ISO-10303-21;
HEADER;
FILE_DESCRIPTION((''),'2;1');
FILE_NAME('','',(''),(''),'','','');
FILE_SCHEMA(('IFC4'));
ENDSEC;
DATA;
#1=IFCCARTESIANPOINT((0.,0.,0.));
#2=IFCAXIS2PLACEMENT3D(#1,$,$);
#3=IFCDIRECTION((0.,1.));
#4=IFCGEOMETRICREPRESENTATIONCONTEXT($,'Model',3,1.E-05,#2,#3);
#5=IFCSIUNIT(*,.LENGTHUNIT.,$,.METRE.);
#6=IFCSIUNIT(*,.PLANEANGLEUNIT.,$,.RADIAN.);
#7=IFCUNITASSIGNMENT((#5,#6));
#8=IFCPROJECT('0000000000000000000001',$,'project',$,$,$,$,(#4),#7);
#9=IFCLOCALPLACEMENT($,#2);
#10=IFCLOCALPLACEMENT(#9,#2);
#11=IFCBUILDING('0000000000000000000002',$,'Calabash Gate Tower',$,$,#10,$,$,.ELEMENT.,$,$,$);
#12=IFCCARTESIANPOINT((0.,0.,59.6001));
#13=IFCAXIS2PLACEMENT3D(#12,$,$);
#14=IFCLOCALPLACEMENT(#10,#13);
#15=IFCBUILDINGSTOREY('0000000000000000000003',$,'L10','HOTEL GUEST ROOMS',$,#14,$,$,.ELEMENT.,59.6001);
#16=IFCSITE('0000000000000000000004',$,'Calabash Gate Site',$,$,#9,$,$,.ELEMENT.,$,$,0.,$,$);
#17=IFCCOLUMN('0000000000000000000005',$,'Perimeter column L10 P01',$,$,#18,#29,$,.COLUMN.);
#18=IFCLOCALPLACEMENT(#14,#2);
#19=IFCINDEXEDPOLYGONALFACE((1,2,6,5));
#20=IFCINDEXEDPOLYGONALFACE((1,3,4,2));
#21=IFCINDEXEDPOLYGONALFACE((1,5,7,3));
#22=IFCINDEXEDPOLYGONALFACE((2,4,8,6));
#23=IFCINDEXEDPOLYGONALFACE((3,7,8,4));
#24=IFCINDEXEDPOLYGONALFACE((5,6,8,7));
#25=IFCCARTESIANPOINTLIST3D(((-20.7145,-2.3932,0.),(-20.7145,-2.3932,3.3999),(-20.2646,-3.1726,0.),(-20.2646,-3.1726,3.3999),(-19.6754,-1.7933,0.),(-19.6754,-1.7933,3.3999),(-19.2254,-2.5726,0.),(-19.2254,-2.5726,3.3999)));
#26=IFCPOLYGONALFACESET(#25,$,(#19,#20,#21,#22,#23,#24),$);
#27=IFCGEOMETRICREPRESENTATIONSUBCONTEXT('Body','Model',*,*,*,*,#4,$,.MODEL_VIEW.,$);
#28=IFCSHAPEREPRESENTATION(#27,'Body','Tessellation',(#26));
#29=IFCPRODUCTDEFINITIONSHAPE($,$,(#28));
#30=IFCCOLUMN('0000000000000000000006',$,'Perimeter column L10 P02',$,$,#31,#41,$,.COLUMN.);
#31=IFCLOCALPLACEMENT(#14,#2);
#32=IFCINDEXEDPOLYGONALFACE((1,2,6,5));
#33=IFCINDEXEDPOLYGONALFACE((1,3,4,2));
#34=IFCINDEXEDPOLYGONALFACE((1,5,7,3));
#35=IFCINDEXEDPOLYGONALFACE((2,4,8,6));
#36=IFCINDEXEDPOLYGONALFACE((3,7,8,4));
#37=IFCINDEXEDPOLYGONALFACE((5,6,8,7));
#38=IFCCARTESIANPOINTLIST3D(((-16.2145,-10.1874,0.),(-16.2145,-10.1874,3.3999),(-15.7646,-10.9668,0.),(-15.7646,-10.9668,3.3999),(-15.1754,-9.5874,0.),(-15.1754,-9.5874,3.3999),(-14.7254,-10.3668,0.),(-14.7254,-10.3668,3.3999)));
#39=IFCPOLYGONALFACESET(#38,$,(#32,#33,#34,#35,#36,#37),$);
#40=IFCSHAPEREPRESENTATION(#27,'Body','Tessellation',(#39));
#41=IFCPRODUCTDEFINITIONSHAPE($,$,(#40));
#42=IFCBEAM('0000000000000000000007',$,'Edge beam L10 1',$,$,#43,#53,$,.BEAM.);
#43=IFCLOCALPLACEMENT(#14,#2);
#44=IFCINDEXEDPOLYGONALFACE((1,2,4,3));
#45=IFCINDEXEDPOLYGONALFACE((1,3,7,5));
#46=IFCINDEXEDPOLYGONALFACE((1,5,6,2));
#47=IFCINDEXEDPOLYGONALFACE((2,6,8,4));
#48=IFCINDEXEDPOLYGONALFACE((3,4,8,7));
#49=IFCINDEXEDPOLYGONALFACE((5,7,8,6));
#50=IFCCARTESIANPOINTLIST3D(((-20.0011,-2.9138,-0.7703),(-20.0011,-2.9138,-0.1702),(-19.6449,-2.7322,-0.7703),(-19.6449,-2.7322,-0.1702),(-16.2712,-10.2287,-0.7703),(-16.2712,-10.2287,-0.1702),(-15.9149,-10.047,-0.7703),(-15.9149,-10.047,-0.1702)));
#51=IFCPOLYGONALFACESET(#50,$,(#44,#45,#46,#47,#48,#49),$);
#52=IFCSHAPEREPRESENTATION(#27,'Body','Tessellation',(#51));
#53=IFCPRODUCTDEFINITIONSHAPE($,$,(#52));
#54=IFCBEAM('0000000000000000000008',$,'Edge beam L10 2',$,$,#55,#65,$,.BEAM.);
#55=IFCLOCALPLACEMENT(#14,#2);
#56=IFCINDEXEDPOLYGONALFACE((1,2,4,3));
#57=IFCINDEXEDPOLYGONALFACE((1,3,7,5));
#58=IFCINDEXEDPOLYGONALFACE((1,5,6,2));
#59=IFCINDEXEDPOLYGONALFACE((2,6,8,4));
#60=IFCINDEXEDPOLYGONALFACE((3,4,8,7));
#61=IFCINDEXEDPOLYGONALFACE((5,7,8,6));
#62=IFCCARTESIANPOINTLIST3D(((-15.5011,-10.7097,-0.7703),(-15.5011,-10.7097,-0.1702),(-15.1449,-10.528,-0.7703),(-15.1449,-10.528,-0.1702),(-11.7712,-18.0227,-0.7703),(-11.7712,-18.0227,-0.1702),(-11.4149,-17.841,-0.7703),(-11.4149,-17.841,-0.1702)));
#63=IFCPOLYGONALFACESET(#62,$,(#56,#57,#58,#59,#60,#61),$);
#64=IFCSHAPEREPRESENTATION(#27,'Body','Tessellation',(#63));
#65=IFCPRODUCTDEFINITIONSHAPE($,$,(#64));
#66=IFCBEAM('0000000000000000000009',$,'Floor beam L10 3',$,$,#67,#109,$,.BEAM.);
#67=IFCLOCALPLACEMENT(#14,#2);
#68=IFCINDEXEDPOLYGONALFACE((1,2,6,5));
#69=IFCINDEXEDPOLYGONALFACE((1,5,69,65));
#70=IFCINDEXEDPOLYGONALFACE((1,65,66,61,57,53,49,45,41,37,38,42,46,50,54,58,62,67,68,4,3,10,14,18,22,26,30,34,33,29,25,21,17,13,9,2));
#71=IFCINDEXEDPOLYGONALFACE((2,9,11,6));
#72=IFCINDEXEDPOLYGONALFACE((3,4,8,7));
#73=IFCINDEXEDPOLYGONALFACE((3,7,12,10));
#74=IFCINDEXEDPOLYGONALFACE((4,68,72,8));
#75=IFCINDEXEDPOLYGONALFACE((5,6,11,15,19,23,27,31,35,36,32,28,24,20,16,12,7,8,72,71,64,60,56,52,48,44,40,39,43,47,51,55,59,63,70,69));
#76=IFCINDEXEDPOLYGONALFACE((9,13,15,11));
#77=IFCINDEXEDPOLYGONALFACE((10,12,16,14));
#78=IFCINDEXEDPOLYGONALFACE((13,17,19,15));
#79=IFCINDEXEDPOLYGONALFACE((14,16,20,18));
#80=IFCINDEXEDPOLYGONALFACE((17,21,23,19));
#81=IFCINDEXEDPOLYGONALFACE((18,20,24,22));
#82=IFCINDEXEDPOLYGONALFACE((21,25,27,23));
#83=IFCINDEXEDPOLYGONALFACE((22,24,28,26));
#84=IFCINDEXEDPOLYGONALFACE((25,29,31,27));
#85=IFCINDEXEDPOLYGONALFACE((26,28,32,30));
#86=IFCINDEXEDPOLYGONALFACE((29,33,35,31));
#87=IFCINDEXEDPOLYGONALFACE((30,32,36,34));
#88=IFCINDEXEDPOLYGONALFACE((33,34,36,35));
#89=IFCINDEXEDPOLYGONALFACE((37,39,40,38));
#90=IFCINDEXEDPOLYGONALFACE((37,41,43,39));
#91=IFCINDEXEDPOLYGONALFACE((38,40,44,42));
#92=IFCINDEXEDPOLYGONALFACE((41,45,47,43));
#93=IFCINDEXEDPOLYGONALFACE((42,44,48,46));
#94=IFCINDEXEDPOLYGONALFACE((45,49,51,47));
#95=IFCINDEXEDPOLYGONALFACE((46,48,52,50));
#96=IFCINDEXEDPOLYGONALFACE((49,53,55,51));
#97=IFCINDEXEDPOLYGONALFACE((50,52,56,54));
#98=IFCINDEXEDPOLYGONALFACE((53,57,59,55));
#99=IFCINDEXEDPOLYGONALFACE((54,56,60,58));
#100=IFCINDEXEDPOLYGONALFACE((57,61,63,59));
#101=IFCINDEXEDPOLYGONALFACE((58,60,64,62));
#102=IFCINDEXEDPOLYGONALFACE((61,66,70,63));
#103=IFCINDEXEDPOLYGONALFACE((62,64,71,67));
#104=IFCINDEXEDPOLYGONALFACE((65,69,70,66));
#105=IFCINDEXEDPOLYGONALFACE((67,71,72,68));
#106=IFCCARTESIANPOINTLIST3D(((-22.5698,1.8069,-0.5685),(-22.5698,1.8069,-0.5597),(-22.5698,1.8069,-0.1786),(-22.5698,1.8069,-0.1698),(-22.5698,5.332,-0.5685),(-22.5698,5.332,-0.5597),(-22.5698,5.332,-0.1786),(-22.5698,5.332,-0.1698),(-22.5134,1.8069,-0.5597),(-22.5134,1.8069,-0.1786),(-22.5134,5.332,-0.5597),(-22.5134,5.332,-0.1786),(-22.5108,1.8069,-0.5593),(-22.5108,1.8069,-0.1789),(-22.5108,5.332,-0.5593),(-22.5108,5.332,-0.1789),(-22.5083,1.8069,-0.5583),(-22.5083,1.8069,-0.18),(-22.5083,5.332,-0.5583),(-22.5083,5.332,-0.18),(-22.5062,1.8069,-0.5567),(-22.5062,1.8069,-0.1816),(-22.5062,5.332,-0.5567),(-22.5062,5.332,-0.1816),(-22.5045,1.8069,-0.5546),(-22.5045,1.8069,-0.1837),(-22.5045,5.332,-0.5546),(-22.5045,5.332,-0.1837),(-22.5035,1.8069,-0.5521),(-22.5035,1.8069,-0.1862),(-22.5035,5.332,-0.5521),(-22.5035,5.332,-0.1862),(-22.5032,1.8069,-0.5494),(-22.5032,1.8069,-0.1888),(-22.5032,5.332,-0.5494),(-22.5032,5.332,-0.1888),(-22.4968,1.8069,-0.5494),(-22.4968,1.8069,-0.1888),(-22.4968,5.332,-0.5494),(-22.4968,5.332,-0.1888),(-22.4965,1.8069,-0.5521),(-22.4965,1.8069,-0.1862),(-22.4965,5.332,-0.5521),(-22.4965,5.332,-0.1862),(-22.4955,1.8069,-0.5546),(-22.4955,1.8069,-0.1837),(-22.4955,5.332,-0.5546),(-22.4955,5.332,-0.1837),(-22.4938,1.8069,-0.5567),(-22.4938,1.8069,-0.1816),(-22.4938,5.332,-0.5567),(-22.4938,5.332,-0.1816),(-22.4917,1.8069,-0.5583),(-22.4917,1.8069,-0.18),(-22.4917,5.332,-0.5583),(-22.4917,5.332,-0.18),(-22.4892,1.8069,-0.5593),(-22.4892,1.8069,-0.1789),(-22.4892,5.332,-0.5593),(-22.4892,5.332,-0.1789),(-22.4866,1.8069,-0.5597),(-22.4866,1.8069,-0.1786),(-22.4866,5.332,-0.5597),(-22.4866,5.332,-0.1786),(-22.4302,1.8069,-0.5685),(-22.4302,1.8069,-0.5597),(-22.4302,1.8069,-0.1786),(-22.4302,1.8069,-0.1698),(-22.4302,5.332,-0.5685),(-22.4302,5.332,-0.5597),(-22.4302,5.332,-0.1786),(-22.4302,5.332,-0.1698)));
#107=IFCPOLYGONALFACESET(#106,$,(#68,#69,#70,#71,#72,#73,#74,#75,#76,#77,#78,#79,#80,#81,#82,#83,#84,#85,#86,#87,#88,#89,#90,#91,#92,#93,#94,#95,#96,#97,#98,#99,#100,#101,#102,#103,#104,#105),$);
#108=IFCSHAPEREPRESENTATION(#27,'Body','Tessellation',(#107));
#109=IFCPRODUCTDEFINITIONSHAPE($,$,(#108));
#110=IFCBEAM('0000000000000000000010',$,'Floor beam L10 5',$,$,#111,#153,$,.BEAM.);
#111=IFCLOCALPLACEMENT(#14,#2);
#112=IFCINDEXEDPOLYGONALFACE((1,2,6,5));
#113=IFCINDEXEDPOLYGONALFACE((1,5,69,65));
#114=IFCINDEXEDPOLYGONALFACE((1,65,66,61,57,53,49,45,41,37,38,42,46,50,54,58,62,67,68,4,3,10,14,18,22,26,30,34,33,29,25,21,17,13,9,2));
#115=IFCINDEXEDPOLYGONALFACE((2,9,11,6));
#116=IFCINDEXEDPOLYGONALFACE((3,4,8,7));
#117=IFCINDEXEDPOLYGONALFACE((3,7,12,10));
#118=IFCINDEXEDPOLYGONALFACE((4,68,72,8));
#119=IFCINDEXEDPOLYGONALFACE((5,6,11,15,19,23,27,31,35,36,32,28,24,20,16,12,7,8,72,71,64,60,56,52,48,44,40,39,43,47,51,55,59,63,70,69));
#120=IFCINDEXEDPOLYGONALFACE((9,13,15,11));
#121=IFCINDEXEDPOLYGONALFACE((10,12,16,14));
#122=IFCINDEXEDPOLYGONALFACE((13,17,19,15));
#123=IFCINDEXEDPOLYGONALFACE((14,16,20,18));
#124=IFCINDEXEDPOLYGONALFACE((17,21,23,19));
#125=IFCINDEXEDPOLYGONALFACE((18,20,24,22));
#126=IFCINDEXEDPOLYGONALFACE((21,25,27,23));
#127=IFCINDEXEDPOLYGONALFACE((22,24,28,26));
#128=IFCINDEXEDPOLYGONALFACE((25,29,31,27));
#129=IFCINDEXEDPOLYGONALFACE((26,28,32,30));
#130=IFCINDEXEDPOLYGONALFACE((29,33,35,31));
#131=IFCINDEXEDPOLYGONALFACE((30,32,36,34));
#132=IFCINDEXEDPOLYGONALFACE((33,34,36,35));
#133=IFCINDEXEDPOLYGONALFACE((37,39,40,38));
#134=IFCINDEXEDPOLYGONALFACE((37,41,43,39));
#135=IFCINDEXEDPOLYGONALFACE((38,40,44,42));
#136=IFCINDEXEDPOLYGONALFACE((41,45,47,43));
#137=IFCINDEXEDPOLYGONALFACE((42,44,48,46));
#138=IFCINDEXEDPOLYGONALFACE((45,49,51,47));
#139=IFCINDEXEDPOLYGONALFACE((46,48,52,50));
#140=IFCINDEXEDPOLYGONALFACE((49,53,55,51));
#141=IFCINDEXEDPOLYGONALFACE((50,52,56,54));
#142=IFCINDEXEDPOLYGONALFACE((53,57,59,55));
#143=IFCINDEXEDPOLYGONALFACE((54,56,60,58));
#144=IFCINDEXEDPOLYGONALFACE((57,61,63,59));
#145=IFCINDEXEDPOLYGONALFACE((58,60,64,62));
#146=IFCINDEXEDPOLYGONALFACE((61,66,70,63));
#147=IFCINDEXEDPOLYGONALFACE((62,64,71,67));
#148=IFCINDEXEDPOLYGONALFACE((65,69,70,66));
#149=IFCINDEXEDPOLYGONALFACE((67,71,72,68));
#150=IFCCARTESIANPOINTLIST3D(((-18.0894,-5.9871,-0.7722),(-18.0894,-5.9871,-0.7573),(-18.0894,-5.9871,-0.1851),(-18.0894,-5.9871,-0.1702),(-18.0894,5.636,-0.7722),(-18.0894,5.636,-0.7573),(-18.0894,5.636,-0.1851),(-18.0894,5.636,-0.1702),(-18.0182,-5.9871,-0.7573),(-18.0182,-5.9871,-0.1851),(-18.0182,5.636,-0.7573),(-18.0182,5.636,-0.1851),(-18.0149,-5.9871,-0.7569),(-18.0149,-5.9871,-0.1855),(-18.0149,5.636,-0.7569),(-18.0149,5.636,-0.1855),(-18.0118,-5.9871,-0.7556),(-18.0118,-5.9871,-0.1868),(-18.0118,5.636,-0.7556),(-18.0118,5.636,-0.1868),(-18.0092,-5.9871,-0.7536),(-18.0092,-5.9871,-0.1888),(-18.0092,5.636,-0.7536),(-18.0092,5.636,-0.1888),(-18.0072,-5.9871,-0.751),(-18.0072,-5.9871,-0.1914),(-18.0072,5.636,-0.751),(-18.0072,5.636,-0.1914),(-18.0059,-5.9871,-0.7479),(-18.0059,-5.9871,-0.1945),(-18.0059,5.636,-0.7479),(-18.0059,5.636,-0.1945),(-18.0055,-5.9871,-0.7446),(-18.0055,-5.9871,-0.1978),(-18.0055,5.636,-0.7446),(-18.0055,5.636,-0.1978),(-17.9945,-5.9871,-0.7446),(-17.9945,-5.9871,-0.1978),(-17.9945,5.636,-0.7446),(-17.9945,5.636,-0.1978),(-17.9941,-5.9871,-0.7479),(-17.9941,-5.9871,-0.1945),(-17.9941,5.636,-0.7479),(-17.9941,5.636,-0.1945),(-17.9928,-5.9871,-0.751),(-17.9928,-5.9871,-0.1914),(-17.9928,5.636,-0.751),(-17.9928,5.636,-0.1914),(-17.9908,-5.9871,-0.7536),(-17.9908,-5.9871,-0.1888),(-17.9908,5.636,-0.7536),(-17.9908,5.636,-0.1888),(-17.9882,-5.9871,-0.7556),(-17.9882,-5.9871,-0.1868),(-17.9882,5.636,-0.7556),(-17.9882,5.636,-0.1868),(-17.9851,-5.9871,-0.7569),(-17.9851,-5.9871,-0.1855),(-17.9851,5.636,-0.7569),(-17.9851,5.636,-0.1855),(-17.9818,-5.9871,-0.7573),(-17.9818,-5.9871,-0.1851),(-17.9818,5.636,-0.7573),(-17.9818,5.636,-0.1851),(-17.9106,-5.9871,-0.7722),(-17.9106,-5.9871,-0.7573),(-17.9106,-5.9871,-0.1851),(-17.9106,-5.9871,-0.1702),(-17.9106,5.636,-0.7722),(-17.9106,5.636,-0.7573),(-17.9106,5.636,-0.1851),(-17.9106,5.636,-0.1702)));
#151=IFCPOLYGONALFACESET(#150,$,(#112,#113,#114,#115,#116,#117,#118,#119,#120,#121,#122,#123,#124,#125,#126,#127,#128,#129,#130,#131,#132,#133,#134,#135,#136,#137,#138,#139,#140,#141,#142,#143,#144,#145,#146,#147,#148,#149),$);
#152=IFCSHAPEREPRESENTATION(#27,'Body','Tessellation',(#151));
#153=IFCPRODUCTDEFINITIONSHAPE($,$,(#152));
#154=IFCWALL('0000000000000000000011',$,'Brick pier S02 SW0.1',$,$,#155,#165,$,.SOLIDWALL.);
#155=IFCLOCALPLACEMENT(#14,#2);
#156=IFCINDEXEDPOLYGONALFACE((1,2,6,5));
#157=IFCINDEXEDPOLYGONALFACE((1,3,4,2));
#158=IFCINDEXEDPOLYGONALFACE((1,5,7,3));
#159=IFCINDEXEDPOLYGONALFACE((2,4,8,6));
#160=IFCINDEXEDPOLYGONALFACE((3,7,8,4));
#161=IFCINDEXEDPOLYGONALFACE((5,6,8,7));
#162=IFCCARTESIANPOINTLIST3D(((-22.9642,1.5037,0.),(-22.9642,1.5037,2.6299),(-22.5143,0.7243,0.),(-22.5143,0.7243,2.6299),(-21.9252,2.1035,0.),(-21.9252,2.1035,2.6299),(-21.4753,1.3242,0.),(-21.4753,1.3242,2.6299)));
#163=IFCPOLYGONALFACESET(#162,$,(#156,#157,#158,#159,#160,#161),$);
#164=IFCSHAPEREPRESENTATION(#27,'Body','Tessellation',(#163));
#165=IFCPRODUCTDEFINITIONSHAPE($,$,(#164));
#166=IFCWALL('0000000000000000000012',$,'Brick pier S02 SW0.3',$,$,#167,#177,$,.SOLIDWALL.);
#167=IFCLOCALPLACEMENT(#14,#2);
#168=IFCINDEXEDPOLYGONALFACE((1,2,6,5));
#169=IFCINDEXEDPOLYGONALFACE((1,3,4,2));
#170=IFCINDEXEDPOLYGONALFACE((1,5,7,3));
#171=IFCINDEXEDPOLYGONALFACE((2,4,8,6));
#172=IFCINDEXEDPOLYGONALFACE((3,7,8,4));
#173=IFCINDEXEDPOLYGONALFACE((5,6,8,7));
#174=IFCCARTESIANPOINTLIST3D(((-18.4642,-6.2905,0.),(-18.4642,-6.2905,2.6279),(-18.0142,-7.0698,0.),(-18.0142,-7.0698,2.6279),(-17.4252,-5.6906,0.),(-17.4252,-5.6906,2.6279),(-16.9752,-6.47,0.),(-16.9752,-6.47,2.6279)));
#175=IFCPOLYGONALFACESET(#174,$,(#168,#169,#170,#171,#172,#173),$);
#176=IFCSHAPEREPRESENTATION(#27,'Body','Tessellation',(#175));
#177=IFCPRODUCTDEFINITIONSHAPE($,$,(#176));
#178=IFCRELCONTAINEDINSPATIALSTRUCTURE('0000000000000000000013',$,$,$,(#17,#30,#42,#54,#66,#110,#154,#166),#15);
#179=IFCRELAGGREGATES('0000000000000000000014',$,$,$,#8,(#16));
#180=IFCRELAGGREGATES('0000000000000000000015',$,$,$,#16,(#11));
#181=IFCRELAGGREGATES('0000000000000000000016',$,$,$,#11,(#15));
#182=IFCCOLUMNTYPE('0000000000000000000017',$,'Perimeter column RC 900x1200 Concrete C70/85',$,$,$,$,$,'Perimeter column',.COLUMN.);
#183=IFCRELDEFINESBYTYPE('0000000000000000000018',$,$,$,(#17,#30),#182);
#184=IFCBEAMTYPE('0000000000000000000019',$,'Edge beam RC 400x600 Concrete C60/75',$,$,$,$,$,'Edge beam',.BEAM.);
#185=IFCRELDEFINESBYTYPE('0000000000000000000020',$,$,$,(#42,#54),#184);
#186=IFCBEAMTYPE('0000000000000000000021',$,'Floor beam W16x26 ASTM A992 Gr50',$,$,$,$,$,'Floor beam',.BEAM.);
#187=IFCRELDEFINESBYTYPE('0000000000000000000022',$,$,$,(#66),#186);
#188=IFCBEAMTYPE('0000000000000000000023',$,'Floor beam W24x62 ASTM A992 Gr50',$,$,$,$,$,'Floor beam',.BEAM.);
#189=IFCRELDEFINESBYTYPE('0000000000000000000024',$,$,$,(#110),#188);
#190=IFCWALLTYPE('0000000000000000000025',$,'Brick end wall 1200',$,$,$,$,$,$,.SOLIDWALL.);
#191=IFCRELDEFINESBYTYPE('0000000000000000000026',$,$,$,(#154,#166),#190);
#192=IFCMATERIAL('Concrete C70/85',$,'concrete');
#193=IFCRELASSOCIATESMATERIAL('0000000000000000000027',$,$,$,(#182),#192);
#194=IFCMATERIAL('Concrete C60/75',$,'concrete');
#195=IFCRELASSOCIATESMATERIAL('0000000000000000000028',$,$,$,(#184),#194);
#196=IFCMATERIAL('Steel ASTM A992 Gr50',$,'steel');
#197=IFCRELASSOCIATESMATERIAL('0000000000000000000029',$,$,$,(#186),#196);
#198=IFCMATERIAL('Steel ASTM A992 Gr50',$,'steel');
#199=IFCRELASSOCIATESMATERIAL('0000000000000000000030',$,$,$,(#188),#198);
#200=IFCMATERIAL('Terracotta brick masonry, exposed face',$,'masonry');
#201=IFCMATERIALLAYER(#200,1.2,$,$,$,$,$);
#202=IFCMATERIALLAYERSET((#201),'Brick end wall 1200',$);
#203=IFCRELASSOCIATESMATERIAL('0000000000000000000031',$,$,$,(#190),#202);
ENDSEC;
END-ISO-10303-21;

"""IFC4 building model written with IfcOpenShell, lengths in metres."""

from ifc_helpers import new_model, si_unit, direction, frame, frame_2d, origin, origin_2d, place, context, subcontext, project, spatial, rectangle, i_section, extrude, material, layer, layer_set, material_profile, profile_set, type_object, element, save


model = new_model("IFC4")

# Units and contexts
model_context = context("Model", 3, precision=1e-05, world=origin(), true_north=direction((0.0, 1.0)))
body_context = subcontext(model_context, "Body", "Model", "MODEL_VIEW")
ifc_project = project(units=[si_unit("LENGTHUNIT", "METRE"), si_unit("PLANEANGLEUNIT", "RADIAN")], contexts=[model_context])

# Site, building, storey
site_placement = place(None, origin())
site = spatial("IfcSite", under=ifc_project, at=site_placement, Name="Calabash Gate Site", CompositionType="ELEMENT", RefElevation=0.0)
building_placement = place(site_placement, origin())
building = spatial("IfcBuilding", under=site, at=building_placement, Name="Calabash Gate Tower", CompositionType="ELEMENT")
storey_placement = place(building_placement, frame((0.0, 0.0, 59.6001)))
storey = spatial("IfcBuildingStorey", under=building, at=storey_placement, Name="L10", Description="HOTEL GUEST ROOMS", CompositionType="ELEMENT", Elevation=59.6001)

# Columns
ifc_material_1 = material(Name="Concrete C70/85", Category="concrete")
ifc_material_profile_1 = material_profile(ifc_material_1, rectangle(XDim=0.8999, YDim=1.2, at=origin_2d()))
ifc_profile_set_1 = profile_set([ifc_material_profile_1], Name="Concrete C70/85")
column_type = type_object("IfcColumnType", Name="Perimeter column RC 900x1200 Concrete C70/85", ElementType="Perimeter column", PredefinedType="COLUMN", material=ifc_profile_set_1)
for number, where, z_axis, x_axis, name in (
    (1, (-19.97, -2.4829, 0.0), (0.0, 0.0, 1.0), (0.5, -0.866025, 0.0), "Perimeter column L10 P01"),
    (2, (-15.47, -10.2771, 0.0), (0.0, 0.0, 1.0), (0.5, -0.866025, 0.0), "Perimeter column L10 P02"),
):
    element("IfcColumn", number, at=place(storey_placement, frame(where, z_axis=z_axis, x_axis=x_axis)), inside=storey, type_object=column_type, Name=name, PredefinedType="COLUMN", context=body_context, shape_type="SweptSolid", body=[
        extrude(rectangle(XDim=0.8999, YDim=1.2, at=origin_2d()), origin(), (0.0, 0.0, 1.0), 3.3999),
    ])

# Beams
ifc_material_2 = material(Name="Concrete C60/75", Category="concrete")
ifc_material_profile_2 = material_profile(ifc_material_2, rectangle(XDim=0.3999, YDim=0.6001, at=origin_2d()))
ifc_profile_set_2 = profile_set([ifc_material_profile_2], Name="Concrete C60/75")
beam_type_1 = type_object("IfcBeamType", Name="Edge beam RC 400x600 Concrete C60/75", ElementType="Edge beam", PredefinedType="BEAM", material=ifc_profile_set_2)
beam_1_placement = place(storey_placement, frame((-19.823, -2.823, -0.4702), z_axis=(0.454264, -0.890867, 0.0), x_axis=(0.890867, 0.454264, 0.0)))
element("IfcBeam", 3, at=beam_1_placement, inside=storey, type_object=beam_type_1, Name="Edge beam L10 1", PredefinedType="BEAM", context=body_context, shape_type="SweptSolid", body=[
    extrude(rectangle(XDim=0.3999, YDim=0.6001, at=origin_2d()), origin(), (0.0, 0.0, 1.0), 8.2109),
])
beam_2_placement = place(storey_placement, frame((-15.323, -10.6189, -0.4702), z_axis=(0.454361, -0.890818, 0.0), x_axis=(0.890818, 0.454361, 0.0)))
element("IfcBeam", 4, at=beam_2_placement, inside=storey, type_object=beam_type_1, Name="Edge beam L10 2", PredefinedType="BEAM", context=body_context, shape_type="SweptSolid", body=[
    extrude(rectangle(XDim=0.3999, YDim=0.6001, at=origin_2d()), origin(), (0.0, 0.0, 1.0), 8.2092),
])
ifc_material_3 = material(Name="Steel ASTM A992 Gr50", Category="steel")
ifc_material_profile_3 = material_profile(ifc_material_3, i_section(OverallWidth=0.1396, OverallDepth=0.3987, WebThickness=0.0063, FlangeThickness=0.0088, FilletRadius=0.0103, at=origin_2d()))
ifc_profile_set_3 = profile_set([ifc_material_profile_3], Name="Steel ASTM A992 Gr50")
beam_type_2 = type_object("IfcBeamType", Name="Floor beam W16x26 ASTM A992 Gr50", ElementType="Floor beam", PredefinedType="BEAM", material=ifc_profile_set_3)
beam_3_placement = place(storey_placement, frame((-22.5, 1.8069, -0.3691), z_axis=(0.0, 1.0, 0.0), x_axis=(-1.0, 0.0, 0.0)))
element("IfcBeam", 5, at=beam_3_placement, inside=storey, type_object=beam_type_2, Name="Floor beam L10 3", PredefinedType="BEAM", context=body_context, shape_type="SweptSolid", body=[
    extrude(i_section(OverallWidth=0.1396, OverallDepth=0.3987, WebThickness=0.0063, FlangeThickness=0.0088, FilletRadius=0.0103, at=origin_2d()), origin(), (0.0, 0.0, 1.0), 3.5251),
])
ifc_material_4 = material(Name="Steel ASTM A992 Gr50", Category="steel")
ifc_material_profile_4 = material_profile(ifc_material_4, i_section(OverallWidth=0.1787, OverallDepth=0.6021, WebThickness=0.011, FlangeThickness=0.0149, FilletRadius=0.0127, at=origin_2d()))
ifc_profile_set_4 = profile_set([ifc_material_profile_4], Name="Steel ASTM A992 Gr50")
beam_type_3 = type_object("IfcBeamType", Name="Floor beam W24x62 ASTM A992 Gr50", ElementType="Floor beam", PredefinedType="BEAM", material=ifc_profile_set_4)
beam_4_placement = place(storey_placement, frame((-18.0, -5.9871, -0.4712), z_axis=(0.0, 1.0, 0.0), x_axis=(-1.0, 0.0, 0.0)))
element("IfcBeam", 6, at=beam_4_placement, inside=storey, type_object=beam_type_3, Name="Floor beam L10 5", PredefinedType="BEAM", context=body_context, shape_type="SweptSolid", body=[
    extrude(i_section(OverallWidth=0.1787, OverallDepth=0.6021, WebThickness=0.011, FlangeThickness=0.0149, FilletRadius=0.0127, at=origin_2d()), origin(), (0.0, 0.0, 1.0), 11.623),
])

# Walls
ifc_material_5 = material(Name="Terracotta brick masonry, exposed face", Category="masonry")
ifc_layer_1 = layer(ifc_material_5, 1.2)
ifc_layer_set_1 = layer_set([ifc_layer_1], Name="Brick end wall 1200")
wall_type_1 = type_object("IfcWallType", Name="Brick end wall 1200", PredefinedType="SOLIDWALL", material=ifc_layer_set_1)
wall_1_placement = place(storey_placement, frame((-22.7393, 1.114, 0.0), z_axis=(0.0, 0.0, 1.0), x_axis=(0.866043, 0.499969, 0.0)))
element("IfcWall", 7, at=wall_1_placement, inside=storey, type_object=wall_type_1, Name="Brick pier S02 SW0.1", PredefinedType="SOLIDWALL", context=body_context, shape_type="SweptSolid", body=[
    extrude(rectangle(XDim=1.1997, YDim=0.8999, at=frame_2d((0.5999, 0.0))), origin(), (0.0, 0.0, 1.0), 2.6299),
])
wall_2_placement = place(storey_placement, frame((-17.2002, -6.0803, 0.0), z_axis=(0.0, 0.0, 1.0), x_axis=(-0.866043, -0.499969, 0.0)))
element("IfcWall", 8, at=wall_2_placement, inside=storey, type_object=wall_type_1, Name="Brick pier S02 SW0.3", PredefinedType="SOLIDWALL", context=body_context, shape_type="SweptSolid", body=[
    extrude(rectangle(XDim=1.1997, YDim=0.8999, at=frame_2d((0.5999, 0.0))), origin(), (0.0, 0.0, 1.0), 2.6279),
])

save(model, "model.ifc")
